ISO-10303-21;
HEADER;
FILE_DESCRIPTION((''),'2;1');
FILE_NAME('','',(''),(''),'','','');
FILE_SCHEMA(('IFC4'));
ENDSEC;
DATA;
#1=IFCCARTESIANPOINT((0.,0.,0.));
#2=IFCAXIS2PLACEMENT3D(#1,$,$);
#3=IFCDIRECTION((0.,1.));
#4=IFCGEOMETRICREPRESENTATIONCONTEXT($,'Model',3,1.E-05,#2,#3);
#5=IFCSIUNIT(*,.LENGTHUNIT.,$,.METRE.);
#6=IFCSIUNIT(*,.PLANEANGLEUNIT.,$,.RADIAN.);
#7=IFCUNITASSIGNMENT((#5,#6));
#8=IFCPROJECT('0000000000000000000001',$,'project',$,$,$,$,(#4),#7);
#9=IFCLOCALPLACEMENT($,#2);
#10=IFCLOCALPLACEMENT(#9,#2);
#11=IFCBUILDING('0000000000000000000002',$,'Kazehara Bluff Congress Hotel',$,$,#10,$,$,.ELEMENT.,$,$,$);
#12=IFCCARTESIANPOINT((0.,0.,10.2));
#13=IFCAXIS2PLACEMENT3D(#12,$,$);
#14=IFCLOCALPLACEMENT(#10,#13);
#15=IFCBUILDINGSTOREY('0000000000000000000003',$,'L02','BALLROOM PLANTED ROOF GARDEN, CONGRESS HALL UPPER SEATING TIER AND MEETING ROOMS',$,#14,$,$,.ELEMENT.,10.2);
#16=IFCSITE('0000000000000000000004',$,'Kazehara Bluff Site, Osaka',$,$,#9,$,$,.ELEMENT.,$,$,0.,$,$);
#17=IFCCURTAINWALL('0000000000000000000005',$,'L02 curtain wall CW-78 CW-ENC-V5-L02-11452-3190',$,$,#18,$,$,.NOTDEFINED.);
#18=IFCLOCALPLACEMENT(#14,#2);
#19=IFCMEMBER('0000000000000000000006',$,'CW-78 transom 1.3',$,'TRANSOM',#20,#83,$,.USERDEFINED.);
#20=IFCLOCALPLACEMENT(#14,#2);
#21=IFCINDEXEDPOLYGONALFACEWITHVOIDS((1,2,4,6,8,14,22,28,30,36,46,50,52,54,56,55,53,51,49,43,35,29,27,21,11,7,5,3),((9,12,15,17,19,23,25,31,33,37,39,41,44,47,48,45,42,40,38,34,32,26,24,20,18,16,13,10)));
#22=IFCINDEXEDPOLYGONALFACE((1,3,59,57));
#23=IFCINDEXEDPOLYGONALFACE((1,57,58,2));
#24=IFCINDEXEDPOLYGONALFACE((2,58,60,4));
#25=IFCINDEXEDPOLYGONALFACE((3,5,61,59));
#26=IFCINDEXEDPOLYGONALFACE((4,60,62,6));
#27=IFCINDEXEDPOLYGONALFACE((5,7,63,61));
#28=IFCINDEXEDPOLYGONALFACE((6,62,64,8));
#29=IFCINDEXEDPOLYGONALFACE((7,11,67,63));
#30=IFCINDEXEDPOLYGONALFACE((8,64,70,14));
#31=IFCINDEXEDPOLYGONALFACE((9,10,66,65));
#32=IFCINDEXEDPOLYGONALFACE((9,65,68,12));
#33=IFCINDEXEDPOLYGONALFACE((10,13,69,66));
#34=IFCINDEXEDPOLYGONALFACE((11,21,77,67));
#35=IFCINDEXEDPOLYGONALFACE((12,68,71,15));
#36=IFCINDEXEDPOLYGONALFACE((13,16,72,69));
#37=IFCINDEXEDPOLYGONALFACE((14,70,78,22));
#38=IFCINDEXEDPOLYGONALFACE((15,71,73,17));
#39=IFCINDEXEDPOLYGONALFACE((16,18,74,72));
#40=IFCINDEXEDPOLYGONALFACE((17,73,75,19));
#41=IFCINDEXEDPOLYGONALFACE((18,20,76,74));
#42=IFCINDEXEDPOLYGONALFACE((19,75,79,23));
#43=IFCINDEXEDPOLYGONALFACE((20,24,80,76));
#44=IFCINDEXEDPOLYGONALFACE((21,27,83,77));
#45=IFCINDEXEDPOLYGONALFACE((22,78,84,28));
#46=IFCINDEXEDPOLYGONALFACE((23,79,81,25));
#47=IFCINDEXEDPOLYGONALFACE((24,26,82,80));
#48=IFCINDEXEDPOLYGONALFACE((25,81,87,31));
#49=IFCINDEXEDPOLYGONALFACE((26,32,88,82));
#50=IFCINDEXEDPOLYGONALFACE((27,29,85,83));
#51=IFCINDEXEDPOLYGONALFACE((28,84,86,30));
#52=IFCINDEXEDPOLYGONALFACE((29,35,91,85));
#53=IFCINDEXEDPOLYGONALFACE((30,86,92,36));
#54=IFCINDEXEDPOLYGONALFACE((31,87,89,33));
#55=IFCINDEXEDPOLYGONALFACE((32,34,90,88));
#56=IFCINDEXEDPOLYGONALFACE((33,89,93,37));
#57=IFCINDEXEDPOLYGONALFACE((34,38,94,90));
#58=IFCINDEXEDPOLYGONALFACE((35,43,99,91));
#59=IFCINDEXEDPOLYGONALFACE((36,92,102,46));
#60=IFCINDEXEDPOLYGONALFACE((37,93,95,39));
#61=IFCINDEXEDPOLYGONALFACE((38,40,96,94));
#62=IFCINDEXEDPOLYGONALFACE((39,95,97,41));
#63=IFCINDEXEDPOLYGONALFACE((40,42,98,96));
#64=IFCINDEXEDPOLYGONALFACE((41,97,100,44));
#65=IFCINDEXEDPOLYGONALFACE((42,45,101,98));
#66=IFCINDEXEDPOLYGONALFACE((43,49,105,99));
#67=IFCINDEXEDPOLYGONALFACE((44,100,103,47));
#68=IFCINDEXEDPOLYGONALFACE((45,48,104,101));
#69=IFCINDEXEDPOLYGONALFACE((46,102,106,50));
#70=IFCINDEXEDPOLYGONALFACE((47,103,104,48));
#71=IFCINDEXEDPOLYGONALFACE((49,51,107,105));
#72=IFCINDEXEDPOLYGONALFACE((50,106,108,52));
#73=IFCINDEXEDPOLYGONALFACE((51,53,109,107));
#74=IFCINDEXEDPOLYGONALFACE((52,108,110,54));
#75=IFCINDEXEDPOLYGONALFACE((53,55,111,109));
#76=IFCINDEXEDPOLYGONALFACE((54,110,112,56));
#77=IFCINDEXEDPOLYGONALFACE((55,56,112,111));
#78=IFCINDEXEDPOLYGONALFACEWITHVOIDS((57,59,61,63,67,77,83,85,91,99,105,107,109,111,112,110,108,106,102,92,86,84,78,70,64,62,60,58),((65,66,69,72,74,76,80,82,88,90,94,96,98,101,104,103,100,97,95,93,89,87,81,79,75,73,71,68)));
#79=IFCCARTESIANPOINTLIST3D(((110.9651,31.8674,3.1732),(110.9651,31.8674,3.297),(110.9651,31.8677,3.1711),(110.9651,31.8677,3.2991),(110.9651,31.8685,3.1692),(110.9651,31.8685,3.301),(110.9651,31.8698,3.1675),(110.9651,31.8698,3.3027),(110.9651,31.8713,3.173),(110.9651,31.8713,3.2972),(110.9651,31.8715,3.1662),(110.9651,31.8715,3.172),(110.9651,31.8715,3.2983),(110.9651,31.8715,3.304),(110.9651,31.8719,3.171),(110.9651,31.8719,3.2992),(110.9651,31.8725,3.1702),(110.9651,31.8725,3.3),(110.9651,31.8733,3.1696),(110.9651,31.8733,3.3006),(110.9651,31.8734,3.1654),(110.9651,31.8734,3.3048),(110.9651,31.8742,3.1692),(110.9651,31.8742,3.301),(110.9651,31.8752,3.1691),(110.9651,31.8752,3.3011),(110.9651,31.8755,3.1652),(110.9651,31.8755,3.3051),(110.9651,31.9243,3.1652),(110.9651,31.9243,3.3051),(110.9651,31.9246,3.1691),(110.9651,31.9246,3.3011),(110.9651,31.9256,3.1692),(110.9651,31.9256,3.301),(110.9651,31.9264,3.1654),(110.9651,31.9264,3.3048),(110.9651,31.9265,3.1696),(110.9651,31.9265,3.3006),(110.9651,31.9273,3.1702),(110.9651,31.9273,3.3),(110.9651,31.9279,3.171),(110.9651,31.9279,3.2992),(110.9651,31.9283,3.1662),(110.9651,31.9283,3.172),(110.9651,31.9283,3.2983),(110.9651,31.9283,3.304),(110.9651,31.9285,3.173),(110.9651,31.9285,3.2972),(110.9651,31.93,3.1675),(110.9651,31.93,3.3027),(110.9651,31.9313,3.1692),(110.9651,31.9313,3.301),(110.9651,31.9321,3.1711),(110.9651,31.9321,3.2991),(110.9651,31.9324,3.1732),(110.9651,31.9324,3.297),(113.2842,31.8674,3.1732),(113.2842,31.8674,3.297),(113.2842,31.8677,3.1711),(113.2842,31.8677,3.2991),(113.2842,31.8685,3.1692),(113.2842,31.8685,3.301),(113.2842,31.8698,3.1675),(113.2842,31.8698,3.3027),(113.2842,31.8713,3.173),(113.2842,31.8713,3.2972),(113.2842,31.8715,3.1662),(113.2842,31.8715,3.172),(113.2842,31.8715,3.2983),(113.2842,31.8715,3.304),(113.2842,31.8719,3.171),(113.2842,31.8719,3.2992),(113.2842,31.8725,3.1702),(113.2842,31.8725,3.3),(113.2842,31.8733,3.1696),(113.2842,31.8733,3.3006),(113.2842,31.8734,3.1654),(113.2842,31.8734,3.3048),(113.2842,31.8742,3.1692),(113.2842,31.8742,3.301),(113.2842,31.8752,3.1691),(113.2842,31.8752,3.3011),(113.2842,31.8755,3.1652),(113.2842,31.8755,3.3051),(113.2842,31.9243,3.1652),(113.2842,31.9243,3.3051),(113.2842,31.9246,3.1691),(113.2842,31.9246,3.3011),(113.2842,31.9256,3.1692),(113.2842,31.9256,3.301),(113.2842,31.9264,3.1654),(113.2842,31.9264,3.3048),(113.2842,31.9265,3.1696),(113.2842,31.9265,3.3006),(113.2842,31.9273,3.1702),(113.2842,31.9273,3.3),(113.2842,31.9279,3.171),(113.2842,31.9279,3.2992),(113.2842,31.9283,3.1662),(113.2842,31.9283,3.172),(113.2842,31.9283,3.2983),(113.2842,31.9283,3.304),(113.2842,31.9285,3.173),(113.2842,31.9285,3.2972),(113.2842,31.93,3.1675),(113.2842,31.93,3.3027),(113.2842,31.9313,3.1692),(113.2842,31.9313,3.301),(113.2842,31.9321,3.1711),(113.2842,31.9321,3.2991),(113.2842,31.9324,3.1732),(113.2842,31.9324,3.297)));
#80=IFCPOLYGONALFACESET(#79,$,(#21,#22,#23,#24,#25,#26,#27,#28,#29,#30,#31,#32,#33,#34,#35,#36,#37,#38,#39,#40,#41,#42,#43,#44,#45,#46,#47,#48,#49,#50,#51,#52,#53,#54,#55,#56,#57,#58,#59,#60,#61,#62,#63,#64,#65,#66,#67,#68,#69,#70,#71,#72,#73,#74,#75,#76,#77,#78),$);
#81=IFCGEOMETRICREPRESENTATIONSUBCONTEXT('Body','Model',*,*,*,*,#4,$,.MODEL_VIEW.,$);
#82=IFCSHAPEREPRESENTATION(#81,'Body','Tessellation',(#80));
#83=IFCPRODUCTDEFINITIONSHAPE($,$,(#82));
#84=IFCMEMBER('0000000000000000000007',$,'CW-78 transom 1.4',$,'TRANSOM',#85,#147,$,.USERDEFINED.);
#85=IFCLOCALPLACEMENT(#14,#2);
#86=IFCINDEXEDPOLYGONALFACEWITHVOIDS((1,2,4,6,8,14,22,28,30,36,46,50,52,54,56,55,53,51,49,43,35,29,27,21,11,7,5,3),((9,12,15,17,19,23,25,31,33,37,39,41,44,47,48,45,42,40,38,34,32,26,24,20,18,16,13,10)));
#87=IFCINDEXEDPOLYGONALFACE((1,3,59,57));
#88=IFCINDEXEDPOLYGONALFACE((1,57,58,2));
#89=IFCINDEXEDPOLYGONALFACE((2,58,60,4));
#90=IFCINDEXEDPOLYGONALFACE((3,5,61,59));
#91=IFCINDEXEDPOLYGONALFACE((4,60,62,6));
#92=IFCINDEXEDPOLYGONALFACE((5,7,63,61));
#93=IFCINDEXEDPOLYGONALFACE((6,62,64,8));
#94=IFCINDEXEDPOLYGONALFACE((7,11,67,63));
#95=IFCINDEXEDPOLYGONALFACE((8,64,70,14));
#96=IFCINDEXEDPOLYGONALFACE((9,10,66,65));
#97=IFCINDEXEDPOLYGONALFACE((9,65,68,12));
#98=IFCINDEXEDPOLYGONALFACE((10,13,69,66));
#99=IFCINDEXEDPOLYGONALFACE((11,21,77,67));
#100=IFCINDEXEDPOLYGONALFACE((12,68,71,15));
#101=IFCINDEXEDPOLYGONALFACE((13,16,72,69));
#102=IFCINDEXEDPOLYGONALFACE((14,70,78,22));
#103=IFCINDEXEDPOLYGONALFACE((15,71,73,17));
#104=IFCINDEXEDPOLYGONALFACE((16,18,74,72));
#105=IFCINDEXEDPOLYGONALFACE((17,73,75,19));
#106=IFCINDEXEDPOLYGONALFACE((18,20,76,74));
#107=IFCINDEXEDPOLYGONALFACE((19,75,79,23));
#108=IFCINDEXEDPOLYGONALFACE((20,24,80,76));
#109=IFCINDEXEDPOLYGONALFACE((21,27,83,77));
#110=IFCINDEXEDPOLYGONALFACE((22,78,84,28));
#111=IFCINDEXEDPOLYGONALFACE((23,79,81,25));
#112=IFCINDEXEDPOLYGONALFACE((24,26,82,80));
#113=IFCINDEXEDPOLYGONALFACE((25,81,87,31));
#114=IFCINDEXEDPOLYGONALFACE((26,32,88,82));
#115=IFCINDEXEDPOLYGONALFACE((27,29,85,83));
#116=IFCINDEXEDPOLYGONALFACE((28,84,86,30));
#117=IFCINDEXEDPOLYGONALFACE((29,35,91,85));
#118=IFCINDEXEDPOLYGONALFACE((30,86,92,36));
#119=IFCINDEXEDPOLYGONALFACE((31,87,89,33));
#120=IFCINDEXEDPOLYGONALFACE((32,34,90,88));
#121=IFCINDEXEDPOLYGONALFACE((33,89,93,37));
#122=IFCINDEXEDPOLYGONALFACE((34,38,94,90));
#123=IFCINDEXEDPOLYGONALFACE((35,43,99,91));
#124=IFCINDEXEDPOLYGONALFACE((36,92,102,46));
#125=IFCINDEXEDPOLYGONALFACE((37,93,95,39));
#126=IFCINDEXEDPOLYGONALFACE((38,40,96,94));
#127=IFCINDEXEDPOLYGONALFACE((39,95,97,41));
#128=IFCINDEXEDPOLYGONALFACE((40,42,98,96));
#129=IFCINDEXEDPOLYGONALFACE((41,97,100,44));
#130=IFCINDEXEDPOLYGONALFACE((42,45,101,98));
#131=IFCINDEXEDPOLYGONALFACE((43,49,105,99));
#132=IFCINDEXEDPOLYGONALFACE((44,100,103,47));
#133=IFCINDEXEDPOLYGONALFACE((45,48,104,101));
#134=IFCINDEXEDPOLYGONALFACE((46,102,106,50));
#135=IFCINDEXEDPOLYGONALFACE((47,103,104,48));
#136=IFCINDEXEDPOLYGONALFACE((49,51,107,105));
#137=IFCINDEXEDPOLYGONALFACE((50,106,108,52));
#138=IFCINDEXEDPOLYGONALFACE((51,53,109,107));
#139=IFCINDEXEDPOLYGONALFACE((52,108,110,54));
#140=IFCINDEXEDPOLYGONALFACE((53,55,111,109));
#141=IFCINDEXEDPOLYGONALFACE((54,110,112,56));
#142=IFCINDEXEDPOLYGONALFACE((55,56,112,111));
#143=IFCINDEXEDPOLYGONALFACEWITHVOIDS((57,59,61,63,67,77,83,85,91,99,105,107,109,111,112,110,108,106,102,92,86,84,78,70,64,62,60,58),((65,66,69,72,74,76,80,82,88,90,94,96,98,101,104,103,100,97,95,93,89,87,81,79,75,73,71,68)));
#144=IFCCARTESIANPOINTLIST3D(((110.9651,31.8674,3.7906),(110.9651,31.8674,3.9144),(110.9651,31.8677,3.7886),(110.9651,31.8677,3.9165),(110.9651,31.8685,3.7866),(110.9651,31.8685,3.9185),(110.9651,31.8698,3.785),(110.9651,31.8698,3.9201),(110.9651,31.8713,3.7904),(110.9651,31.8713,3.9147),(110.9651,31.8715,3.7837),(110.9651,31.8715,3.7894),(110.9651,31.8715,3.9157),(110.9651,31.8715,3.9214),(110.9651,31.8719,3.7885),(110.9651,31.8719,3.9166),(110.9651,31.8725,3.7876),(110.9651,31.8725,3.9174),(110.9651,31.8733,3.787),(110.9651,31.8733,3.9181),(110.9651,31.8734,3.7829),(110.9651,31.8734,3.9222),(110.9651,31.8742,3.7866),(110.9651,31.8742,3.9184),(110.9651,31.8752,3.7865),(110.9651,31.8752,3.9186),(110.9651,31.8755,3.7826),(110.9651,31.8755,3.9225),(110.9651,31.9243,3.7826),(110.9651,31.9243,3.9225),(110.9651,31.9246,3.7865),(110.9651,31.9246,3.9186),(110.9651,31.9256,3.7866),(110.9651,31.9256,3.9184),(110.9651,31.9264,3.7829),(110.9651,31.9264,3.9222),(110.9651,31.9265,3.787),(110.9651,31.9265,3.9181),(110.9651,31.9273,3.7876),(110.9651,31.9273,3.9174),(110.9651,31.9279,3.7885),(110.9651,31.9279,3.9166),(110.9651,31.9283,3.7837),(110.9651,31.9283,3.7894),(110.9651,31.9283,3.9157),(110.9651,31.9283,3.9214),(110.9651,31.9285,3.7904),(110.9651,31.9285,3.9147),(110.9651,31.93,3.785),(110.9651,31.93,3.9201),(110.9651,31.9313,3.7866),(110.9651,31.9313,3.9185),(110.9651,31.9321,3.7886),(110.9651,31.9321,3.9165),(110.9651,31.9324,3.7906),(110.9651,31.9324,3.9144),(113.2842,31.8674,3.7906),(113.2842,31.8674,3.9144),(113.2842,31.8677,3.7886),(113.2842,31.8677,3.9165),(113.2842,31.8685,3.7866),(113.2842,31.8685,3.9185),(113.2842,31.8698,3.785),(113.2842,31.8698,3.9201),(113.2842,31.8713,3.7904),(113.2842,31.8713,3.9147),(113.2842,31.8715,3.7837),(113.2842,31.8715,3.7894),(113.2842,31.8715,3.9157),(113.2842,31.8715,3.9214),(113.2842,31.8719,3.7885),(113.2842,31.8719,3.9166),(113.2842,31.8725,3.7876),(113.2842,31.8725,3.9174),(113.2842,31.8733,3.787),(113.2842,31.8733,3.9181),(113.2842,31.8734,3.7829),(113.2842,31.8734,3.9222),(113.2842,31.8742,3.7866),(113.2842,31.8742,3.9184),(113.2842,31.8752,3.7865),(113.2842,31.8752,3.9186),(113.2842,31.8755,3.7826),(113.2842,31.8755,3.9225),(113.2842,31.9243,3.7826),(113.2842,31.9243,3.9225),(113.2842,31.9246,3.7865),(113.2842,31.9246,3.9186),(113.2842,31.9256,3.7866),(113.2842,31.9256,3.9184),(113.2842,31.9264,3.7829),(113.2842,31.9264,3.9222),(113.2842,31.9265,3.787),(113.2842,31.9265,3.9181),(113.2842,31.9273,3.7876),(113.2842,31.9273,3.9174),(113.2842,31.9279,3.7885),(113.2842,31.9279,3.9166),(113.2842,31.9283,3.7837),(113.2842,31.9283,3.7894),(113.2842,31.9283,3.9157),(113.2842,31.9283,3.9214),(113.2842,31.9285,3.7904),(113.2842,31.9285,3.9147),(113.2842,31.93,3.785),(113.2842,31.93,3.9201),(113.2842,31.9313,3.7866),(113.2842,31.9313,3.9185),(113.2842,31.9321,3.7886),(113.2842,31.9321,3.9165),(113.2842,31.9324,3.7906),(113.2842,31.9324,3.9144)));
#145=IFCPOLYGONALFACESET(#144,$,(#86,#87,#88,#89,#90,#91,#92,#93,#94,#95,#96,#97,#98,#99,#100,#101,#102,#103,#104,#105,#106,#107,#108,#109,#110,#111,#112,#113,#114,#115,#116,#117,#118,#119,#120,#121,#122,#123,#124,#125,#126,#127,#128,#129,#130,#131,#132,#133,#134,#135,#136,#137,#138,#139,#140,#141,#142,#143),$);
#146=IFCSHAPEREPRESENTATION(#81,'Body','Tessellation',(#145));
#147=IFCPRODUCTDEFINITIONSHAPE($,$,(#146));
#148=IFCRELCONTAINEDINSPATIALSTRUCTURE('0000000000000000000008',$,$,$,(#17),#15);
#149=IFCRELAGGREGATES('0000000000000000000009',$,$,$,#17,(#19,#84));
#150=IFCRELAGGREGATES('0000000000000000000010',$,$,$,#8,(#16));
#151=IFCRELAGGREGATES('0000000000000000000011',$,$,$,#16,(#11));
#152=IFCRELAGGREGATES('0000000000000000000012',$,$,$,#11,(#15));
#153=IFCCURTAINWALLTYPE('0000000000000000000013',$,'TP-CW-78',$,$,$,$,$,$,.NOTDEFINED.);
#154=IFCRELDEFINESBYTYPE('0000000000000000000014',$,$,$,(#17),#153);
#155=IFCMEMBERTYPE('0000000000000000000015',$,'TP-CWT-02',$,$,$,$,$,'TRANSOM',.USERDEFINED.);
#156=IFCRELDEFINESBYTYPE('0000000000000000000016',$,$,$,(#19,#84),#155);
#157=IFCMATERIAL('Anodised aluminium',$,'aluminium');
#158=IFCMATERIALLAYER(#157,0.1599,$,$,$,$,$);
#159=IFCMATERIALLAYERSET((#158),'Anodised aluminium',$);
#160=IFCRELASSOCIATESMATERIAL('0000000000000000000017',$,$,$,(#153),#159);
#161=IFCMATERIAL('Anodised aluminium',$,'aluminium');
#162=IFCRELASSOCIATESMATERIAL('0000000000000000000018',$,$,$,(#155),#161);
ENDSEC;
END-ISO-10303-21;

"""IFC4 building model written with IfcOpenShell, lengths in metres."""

from ifc_helpers import new_model, si_unit, direction, frame, origin, origin_2d, place, context, subcontext, project, spatial, hollow_rectangle, extrude, material, layer, layer_set, material_profile, profile_set, type_object, element, aggregate, save


model = new_model("IFC4")

# Units and contexts
model_context = context("Model", 3, precision=1e-05, world=origin(), true_north=direction((0.0, 1.0)))
body_context = subcontext(model_context, "Body", "Model", "MODEL_VIEW")
ifc_project = project(units=[si_unit("LENGTHUNIT", "METRE"), si_unit("PLANEANGLEUNIT", "RADIAN")], contexts=[model_context])

# Site, building, storey
site_placement = place(None, origin())
site = spatial("IfcSite", under=ifc_project, at=site_placement, Name="Kazehara Bluff Site, Osaka", CompositionType="ELEMENT", RefElevation=0.0)
building_placement = place(site_placement, origin())
building = spatial("IfcBuilding", under=site, at=building_placement, Name="Kazehara Bluff Congress Hotel", CompositionType="ELEMENT")
storey_placement = place(building_placement, frame((0.0, 0.0, 10.2)))
storey = spatial("IfcBuildingStorey", under=building, at=storey_placement, Name="L02", Description="BALLROOM PLANTED ROOF GARDEN, CONGRESS HALL UPPER SEATING TIER AND MEETING ROOMS", CompositionType="ELEMENT", Elevation=10.2)

# Curtain wall, members
ifc_material_1 = material(Name="Anodised aluminium", Category="aluminium")
ifc_layer_1 = layer(ifc_material_1, 0.1599)
ifc_layer_set_1 = layer_set([ifc_layer_1], Name="Anodised aluminium")
curtain_wall_type = type_object("IfcCurtainWallType", Name="TP-CW-78", PredefinedType="NOTDEFINED", material=ifc_layer_set_1)
curtain_wall_placement = place(storey_placement, origin())
curtain_wall = element("IfcCurtainWall", 1, at=curtain_wall_placement, inside=storey, type_object=curtain_wall_type, Name="L02 curtain wall CW-78 CW-ENC-V5-L02-11452-3190", PredefinedType="NOTDEFINED")
ifc_material_2 = material(Name="Anodised aluminium", Category="aluminium")
ifc_material_profile_1 = material_profile(ifc_material_2, hollow_rectangle(XDim=0.0649, YDim=0.1399, WallThickness=0.0039, InnerFilletRadius=0.0039, OuterFilletRadius=0.0081, at=origin_2d()))
ifc_profile_set_1 = profile_set([ifc_material_profile_1], Name="Anodised aluminium")
member_type_1 = type_object("IfcMemberType", Name="TP-CWT-02", ElementType="TRANSOM", PredefinedType="USERDEFINED", material=ifc_profile_set_1)
member_1_placement = place(storey_placement, frame((110.9651, 31.8999, 3.2351), z_axis=(1.0, 0.0, 0.0), x_axis=(0.0, 1.0, 0.0)))
member_1 = element("IfcMember", 2, at=member_1_placement, type_object=member_type_1, Name="CW-78 transom 1.3", ObjectType="TRANSOM", PredefinedType="USERDEFINED", context=body_context, shape_type="SweptSolid", body=[
    extrude(hollow_rectangle(XDim=0.0649, YDim=0.1399, WallThickness=0.0039, InnerFilletRadius=0.0039, OuterFilletRadius=0.0081, at=origin_2d()), origin(), (0.0, 0.0, 1.0), 2.3191),
])
member_2_placement = place(storey_placement, frame((110.9651, 31.8999, 3.8525), z_axis=(1.0, 0.0, 0.0), x_axis=(0.0, 1.0, 0.0)))
member_2 = element("IfcMember", 3, at=member_2_placement, type_object=member_type_1, Name="CW-78 transom 1.4", ObjectType="TRANSOM", PredefinedType="USERDEFINED", context=body_context, shape_type="SweptSolid", body=[
    extrude(hollow_rectangle(XDim=0.0649, YDim=0.1399, WallThickness=0.0039, InnerFilletRadius=0.0039, OuterFilletRadius=0.0081, at=origin_2d()), origin(), (0.0, 0.0, 1.0), 2.3191),
])

aggregate(curtain_wall, [member_1, member_2])

save(model, "model.ifc")
